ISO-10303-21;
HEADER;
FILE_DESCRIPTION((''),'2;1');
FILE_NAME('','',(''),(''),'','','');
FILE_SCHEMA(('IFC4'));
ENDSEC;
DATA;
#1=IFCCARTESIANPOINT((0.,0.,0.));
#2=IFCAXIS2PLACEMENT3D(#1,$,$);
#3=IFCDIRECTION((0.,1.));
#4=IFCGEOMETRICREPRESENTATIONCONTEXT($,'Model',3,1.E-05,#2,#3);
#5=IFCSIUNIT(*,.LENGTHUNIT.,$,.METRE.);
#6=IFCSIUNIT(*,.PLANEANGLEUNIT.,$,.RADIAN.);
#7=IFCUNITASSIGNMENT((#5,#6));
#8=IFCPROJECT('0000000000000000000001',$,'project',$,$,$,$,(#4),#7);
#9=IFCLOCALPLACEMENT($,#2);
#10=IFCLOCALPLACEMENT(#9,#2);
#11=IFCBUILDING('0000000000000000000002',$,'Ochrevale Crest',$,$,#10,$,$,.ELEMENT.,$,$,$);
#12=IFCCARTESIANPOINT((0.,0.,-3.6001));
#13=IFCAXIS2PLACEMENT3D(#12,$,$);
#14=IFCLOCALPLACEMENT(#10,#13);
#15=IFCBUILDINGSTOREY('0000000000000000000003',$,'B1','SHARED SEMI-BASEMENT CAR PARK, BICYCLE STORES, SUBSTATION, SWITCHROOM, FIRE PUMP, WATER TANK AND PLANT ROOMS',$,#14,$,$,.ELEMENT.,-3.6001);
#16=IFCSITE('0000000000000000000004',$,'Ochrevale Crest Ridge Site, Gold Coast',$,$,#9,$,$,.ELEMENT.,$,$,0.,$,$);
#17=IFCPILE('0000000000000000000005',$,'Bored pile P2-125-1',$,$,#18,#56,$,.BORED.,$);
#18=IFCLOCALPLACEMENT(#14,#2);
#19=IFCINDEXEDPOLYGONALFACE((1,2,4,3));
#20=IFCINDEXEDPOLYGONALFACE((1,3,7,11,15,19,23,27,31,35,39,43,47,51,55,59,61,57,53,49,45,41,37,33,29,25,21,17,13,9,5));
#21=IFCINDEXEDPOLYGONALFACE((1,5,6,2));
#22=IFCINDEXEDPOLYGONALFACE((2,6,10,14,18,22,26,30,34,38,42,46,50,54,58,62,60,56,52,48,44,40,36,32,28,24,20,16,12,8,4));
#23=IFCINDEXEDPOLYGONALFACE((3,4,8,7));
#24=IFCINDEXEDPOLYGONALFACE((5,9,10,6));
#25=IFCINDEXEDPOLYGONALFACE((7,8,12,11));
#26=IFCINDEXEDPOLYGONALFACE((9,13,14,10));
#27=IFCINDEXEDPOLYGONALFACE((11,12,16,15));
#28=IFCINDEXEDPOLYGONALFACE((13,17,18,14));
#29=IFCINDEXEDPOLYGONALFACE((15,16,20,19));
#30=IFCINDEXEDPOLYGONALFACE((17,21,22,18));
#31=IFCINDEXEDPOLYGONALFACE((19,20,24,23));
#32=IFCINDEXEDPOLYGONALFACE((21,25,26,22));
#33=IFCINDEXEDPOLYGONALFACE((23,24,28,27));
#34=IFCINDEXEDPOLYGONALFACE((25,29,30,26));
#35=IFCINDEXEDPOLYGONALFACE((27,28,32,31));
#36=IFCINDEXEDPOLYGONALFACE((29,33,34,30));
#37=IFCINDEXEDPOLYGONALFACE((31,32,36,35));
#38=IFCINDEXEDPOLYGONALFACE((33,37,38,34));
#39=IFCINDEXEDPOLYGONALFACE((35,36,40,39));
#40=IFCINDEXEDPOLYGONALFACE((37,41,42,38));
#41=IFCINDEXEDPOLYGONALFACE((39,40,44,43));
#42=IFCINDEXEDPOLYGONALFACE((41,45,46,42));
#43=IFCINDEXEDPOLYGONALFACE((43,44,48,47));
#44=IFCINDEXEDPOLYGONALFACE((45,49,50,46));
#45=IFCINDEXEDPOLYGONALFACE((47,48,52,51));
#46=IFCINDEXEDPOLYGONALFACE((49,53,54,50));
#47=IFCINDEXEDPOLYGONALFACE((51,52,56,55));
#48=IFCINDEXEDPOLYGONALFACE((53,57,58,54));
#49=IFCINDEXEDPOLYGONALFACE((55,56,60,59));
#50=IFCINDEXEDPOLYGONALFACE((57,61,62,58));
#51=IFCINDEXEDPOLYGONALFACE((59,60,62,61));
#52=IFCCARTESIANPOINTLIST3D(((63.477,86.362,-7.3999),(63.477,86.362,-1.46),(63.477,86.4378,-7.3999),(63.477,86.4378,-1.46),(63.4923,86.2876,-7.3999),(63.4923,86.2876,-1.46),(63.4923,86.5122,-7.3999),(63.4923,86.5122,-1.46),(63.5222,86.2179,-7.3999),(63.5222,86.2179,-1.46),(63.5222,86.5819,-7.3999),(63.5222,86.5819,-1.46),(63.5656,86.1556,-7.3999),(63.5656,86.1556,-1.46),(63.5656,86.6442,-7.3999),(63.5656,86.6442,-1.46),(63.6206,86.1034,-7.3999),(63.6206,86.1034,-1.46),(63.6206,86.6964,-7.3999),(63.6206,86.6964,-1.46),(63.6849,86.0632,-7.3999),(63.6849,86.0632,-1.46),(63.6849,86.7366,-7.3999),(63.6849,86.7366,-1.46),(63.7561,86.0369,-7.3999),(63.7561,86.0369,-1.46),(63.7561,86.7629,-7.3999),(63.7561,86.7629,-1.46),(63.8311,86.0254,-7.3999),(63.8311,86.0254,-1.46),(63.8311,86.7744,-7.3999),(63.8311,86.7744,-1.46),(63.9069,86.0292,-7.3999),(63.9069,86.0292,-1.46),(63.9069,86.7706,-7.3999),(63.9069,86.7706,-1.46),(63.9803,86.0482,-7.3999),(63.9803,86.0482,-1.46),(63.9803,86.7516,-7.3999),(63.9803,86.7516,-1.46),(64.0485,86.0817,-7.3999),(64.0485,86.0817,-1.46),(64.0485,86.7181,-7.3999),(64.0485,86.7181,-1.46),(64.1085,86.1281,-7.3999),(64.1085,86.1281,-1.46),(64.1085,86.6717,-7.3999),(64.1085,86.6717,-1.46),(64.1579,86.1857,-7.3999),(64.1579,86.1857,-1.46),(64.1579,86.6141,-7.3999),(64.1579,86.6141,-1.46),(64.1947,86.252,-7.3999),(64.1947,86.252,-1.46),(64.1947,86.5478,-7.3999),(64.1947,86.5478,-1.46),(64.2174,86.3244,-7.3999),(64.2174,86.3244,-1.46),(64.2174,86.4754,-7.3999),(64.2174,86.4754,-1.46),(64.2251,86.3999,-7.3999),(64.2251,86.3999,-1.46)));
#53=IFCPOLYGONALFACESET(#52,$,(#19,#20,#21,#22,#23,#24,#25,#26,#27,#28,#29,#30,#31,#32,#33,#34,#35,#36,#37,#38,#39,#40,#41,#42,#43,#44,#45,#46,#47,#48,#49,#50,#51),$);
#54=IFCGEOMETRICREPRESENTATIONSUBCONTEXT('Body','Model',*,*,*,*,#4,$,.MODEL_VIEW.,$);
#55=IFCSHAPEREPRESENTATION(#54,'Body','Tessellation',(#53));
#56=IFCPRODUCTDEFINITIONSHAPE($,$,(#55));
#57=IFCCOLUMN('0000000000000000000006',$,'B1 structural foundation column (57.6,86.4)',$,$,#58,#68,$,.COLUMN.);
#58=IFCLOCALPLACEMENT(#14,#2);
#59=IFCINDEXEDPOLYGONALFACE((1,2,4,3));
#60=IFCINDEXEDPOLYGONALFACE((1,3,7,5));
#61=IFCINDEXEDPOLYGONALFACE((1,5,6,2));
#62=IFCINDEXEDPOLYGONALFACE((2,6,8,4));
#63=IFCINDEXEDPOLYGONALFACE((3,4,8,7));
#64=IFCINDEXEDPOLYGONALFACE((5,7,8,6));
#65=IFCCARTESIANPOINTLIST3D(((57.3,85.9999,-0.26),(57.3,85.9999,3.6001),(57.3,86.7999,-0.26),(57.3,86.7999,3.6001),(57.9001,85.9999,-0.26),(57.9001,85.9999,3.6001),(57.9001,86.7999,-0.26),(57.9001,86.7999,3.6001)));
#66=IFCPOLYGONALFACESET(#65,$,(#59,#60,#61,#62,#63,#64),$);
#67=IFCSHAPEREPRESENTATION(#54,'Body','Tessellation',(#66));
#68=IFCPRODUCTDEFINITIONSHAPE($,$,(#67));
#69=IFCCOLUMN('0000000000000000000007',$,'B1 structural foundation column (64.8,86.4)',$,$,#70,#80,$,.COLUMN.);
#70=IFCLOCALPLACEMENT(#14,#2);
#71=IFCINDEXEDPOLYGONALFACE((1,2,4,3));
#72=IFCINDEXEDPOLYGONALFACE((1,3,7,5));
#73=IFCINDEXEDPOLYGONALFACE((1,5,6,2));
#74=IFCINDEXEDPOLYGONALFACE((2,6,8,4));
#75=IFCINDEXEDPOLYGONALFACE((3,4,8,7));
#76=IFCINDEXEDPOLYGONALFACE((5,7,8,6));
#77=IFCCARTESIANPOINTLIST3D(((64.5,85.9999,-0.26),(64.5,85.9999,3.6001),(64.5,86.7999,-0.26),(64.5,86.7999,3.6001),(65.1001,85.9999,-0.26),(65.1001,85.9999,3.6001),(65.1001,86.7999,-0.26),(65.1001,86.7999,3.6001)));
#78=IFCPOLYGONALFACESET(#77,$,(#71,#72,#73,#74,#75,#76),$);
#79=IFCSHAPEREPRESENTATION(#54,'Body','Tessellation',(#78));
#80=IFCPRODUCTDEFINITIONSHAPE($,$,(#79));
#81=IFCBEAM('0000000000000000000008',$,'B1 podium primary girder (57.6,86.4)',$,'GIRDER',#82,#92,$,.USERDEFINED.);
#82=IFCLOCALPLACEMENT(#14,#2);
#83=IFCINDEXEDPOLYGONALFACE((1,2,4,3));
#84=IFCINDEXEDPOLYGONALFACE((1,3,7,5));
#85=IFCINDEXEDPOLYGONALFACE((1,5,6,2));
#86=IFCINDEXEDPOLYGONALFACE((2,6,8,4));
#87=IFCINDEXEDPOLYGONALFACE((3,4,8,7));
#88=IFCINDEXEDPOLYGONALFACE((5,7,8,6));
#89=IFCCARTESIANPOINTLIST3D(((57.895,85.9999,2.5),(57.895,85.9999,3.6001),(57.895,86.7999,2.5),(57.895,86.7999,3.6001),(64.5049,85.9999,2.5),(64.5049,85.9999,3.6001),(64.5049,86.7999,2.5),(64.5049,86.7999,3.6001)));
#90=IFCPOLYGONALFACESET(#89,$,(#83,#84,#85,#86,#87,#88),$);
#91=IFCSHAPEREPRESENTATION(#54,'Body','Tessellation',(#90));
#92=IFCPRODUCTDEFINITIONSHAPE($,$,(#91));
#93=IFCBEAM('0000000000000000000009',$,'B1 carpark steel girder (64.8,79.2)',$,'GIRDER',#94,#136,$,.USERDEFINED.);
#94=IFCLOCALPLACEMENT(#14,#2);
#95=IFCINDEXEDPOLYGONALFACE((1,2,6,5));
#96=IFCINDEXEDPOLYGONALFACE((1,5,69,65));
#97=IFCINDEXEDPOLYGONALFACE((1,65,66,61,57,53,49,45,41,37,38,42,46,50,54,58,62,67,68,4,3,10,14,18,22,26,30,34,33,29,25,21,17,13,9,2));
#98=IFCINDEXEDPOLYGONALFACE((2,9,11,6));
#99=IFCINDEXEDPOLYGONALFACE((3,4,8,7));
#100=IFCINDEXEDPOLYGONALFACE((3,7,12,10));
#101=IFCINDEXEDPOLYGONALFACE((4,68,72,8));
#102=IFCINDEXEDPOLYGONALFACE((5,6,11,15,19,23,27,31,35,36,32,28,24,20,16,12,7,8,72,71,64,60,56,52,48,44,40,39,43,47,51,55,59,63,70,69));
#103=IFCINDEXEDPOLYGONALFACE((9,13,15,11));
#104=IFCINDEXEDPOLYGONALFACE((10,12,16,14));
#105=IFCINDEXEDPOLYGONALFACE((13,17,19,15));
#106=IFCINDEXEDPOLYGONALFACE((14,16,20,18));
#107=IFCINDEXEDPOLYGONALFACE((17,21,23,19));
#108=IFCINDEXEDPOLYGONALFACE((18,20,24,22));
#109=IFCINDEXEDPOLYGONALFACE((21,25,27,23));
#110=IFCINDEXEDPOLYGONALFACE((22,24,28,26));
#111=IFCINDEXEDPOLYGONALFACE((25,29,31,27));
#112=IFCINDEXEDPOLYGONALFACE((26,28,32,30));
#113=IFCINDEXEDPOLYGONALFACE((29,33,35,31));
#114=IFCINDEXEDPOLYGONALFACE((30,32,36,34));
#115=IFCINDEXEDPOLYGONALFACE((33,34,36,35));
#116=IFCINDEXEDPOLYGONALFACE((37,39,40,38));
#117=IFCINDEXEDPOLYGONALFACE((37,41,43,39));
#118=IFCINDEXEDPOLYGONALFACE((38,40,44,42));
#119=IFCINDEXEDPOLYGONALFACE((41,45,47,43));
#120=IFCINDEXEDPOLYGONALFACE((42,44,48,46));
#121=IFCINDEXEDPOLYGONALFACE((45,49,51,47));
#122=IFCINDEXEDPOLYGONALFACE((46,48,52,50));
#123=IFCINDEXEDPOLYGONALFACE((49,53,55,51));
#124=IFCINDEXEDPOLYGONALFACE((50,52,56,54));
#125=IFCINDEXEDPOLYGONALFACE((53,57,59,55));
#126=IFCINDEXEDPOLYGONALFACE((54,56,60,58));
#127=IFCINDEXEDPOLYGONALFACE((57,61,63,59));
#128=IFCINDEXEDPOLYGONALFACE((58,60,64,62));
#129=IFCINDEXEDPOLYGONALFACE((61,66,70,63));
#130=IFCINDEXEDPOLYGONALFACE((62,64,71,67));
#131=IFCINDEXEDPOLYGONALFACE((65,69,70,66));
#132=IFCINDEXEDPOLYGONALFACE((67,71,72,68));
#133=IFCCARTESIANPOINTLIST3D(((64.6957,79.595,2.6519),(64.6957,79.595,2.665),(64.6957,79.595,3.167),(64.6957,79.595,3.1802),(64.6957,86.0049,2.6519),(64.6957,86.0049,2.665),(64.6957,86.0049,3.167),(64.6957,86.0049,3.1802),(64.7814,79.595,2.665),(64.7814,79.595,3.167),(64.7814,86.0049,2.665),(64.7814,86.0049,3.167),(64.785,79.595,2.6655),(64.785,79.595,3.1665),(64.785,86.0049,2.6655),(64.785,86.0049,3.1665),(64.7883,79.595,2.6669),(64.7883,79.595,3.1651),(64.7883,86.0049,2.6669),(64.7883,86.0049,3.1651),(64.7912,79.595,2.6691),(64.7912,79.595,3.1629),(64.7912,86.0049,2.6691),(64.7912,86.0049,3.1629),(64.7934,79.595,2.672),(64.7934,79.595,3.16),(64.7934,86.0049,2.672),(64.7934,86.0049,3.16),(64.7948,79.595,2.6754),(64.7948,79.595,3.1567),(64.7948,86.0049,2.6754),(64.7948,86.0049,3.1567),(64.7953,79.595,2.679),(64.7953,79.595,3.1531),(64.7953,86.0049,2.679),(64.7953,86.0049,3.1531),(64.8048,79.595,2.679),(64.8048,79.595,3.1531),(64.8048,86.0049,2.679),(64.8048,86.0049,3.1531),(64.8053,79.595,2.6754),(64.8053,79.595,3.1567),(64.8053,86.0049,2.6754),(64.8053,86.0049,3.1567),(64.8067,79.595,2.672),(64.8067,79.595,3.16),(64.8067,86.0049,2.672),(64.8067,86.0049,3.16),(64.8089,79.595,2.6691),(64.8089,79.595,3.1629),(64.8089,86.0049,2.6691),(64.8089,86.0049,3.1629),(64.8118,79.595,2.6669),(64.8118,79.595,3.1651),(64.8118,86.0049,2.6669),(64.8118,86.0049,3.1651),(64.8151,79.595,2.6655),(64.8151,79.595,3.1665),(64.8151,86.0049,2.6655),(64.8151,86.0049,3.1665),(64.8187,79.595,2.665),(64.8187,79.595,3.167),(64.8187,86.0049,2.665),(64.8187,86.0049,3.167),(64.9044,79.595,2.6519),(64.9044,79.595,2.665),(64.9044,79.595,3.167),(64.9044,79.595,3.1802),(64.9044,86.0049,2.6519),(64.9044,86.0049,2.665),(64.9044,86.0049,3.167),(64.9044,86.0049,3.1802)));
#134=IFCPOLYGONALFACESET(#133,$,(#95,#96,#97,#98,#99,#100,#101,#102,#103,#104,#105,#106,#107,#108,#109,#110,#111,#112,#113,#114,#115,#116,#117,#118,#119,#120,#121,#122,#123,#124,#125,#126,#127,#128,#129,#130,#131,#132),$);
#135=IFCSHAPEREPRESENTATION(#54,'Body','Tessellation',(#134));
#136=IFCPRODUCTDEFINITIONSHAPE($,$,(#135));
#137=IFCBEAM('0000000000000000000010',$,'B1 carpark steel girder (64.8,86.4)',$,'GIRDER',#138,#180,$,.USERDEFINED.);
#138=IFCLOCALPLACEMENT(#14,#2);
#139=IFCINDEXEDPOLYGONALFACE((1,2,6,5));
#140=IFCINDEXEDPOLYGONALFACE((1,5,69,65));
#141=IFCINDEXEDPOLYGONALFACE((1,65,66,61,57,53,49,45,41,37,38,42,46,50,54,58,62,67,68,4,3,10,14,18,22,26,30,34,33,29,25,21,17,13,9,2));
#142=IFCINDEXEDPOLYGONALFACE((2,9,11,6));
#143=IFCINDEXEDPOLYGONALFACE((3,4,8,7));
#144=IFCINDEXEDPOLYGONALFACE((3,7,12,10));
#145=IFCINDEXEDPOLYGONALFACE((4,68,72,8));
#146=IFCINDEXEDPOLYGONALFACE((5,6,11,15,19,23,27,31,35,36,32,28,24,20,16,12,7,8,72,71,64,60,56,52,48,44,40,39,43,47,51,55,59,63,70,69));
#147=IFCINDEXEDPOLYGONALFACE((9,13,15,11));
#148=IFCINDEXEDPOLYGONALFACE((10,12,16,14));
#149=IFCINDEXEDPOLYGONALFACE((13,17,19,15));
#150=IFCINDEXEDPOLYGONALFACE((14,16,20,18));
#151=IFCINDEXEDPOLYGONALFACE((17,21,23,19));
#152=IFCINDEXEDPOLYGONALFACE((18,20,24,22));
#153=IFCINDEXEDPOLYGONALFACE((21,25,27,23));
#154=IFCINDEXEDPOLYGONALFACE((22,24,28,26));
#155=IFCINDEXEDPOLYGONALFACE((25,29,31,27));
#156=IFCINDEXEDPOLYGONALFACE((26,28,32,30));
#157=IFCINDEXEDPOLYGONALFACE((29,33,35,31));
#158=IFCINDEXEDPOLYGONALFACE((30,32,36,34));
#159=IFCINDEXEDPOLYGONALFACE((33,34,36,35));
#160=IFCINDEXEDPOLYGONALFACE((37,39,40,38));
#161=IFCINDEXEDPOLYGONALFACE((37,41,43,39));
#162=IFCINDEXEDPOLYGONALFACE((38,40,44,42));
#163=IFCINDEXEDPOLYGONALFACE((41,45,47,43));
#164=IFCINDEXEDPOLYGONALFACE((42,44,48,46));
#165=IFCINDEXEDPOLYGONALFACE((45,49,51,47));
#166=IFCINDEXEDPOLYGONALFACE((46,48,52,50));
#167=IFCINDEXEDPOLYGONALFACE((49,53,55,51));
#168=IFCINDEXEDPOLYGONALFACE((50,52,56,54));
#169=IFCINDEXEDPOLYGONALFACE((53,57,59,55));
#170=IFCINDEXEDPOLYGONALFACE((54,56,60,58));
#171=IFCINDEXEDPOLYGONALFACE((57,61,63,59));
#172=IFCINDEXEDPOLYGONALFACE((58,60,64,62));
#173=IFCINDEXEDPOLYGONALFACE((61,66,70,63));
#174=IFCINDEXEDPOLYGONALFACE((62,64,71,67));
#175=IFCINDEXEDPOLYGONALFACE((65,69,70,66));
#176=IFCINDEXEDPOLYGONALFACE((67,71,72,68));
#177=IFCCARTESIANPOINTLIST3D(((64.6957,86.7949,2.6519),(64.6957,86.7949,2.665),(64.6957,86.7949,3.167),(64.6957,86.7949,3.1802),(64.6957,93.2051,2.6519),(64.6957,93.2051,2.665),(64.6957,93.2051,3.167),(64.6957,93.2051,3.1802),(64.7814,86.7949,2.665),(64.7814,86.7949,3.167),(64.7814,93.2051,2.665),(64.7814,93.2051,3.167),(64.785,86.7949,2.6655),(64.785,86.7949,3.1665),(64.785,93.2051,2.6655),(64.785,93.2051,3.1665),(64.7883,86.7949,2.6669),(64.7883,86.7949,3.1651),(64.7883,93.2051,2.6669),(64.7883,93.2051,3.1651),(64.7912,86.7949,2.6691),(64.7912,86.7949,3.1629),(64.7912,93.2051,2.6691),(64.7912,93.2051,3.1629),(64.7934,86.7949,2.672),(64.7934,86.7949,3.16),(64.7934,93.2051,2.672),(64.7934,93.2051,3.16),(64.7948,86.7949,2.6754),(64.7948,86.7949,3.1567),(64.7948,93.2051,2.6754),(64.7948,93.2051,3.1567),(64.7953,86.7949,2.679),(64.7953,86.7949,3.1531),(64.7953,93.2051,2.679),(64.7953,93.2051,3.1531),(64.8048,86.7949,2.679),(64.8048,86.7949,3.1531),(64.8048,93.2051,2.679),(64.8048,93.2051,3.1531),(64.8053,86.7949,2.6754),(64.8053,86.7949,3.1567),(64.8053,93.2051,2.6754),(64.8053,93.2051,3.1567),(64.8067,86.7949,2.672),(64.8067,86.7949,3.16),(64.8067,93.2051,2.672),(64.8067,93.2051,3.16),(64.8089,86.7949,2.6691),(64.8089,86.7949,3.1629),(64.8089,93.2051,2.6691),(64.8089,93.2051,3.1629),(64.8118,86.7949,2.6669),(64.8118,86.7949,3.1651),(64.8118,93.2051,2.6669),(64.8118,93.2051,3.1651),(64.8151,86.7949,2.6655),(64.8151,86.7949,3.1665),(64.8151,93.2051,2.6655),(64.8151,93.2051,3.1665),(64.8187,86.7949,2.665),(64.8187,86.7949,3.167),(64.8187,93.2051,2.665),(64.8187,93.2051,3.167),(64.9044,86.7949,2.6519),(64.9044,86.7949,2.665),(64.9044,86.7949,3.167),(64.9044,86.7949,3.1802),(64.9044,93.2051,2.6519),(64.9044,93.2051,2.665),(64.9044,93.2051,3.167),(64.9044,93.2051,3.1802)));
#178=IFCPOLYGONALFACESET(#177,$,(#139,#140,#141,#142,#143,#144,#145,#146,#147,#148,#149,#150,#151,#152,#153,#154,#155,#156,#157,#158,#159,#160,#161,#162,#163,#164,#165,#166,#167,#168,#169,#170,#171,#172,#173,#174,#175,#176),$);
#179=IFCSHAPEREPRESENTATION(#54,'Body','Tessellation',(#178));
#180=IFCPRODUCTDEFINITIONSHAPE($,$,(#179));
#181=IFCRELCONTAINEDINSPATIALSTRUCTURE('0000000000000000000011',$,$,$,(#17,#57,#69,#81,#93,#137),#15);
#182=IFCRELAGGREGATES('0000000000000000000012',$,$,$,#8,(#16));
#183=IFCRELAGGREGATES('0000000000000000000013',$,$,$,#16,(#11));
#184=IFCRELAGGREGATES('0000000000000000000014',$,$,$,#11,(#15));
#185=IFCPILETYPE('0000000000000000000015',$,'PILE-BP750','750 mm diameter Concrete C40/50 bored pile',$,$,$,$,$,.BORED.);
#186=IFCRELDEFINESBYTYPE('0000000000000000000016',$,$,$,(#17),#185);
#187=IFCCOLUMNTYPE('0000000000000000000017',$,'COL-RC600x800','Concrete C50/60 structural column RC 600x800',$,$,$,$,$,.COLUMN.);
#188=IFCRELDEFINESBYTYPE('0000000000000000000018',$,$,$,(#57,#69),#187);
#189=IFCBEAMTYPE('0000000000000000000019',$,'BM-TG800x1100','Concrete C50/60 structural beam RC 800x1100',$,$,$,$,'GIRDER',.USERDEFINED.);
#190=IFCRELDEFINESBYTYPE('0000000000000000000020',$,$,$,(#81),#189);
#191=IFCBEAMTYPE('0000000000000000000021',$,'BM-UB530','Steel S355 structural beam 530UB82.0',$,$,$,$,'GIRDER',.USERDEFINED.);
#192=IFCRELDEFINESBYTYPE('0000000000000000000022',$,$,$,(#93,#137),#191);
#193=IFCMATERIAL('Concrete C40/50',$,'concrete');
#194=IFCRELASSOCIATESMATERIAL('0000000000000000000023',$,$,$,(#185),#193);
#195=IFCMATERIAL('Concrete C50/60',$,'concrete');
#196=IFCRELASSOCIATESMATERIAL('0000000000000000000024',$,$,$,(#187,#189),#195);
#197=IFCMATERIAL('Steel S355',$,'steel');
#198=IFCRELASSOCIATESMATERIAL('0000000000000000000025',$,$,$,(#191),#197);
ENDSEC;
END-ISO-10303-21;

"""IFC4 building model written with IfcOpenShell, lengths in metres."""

from ifc_helpers import new_model, si_unit, direction, frame, origin, origin_2d, place, context, subcontext, project, spatial, rectangle, circle, i_section, extrude, material, material_profile, profile_set, type_object, element, save


model = new_model("IFC4")

# Units and contexts
model_context = context("Model", 3, precision=1e-05, world=origin(), true_north=direction((0.0, 1.0)))
body_context = subcontext(model_context, "Body", "Model", "MODEL_VIEW")
ifc_project = project(units=[si_unit("LENGTHUNIT", "METRE"), si_unit("PLANEANGLEUNIT", "RADIAN")], contexts=[model_context])

# Site, building, storey
site_placement = place(None, origin())
site = spatial("IfcSite", under=ifc_project, at=site_placement, Name="Ochrevale Crest Ridge Site, Gold Coast", CompositionType="ELEMENT", RefElevation=0.0)
building_placement = place(site_placement, origin())
building = spatial("IfcBuilding", under=site, at=building_placement, Name="Ochrevale Crest", CompositionType="ELEMENT")
storey_placement = place(building_placement, frame((0.0, 0.0, -3.6001)))
storey = spatial("IfcBuildingStorey", under=building, at=storey_placement, Name="B1", Description="SHARED SEMI-BASEMENT CAR PARK, BICYCLE STORES, SUBSTATION, SWITCHROOM, FIRE PUMP, WATER TANK AND PLANT ROOMS", CompositionType="ELEMENT", Elevation=-3.6001)

# Shared definitions
ifc_material_1 = material(Name="Concrete C40/50", Category="concrete")

# Pile
ifc_material_profile_1 = material_profile(ifc_material_1, circle(Radius=0.375, at=origin_2d()), Name="BORED PILE 750")
ifc_profile_set_1 = profile_set([ifc_material_profile_1], Name="Concrete C40/50")
pile_type = type_object("IfcPileType", Name="PILE-BP750", Description="750 mm diameter Concrete C40/50 bored pile", PredefinedType="BORED", material=ifc_profile_set_1)
for number, where, z_axis, x_axis, name in (
    (1, (63.8501, 86.3999, -1.46), (0.0, 0.0, -1.0), (1.0, 0.0, 0.0), "Bored pile P2-125-1"),
):
    element("IfcPile", number, at=place(storey_placement, frame(where, z_axis=z_axis, x_axis=x_axis)), inside=storey, type_object=pile_type, Name=name, PredefinedType="BORED", context=body_context, shape_type="SweptSolid", body=[
        extrude(circle(Radius=0.375, at=origin_2d()), origin(), (0.0, 0.0, 1.0), 5.9399),
    ])

# Columns
ifc_material_2 = material(Name="Concrete C50/60", Category="concrete")
ifc_material_profile_2 = material_profile(ifc_material_2, rectangle(XDim=0.6001, YDim=0.8, at=origin_2d()), Name="RC 600x800")
ifc_profile_set_2 = profile_set([ifc_material_profile_2], Name="Concrete C50/60")
column_type = type_object("IfcColumnType", Name="COL-RC600x800", Description="Concrete C50/60 structural column RC 600x800", PredefinedType="COLUMN", material=ifc_profile_set_2)
for number, where, z_axis, x_axis, name in (
    (2, (57.6001, 86.3999, -0.26), (0.0, 0.0, 1.0), (1.0, 0.0, 0.0), "B1 structural foundation column (57.6,86.4)"),
    (3, (64.8, 86.3999, -0.26), (0.0, 0.0, 1.0), (1.0, 0.0, 0.0), "B1 structural foundation column (64.8,86.4)"),
):
    element("IfcColumn", number, at=place(storey_placement, frame(where, z_axis=z_axis, x_axis=x_axis)), inside=storey, type_object=column_type, Name=name, PredefinedType="COLUMN", context=body_context, shape_type="SweptSolid", body=[
        extrude(rectangle(XDim=0.6001, YDim=0.8, at=origin_2d()), origin(), (0.0, 0.0, 1.0), 3.8601),
    ])

# Beams
ifc_material_profile_3 = material_profile(ifc_material_2, rectangle(XDim=0.8, YDim=1.1001, at=origin_2d()), Name="RC 800x1100")
ifc_profile_set_3 = profile_set([ifc_material_profile_3], Name="Concrete C50/60")
beam_type_1 = type_object("IfcBeamType", Name="BM-TG800x1100", Description="Concrete C50/60 structural beam RC 800x1100", ElementType="GIRDER", PredefinedType="USERDEFINED", material=ifc_profile_set_3)
beam_1_placement = place(storey_placement, frame((57.895, 86.3999, 3.05), z_axis=(1.0, 0.0, 0.0), x_axis=(0.0, 1.0, 0.0)))
element("IfcBeam", 4, at=beam_1_placement, inside=storey, type_object=beam_type_1, Name="B1 podium primary girder (57.6,86.4)", ObjectType="GIRDER", PredefinedType="USERDEFINED", context=body_context, shape_type="SweptSolid", body=[
    extrude(rectangle(XDim=0.8, YDim=1.1001, at=origin_2d()), origin(), (0.0, 0.0, 1.0), 6.6099),
])
ifc_material_3 = material(Name="Steel S355", Category="steel")
ifc_material_profile_4 = material_profile(ifc_material_3, i_section(OverallWidth=0.2087, OverallDepth=0.5283, WebThickness=0.0095, FlangeThickness=0.0132, FilletRadius=0.0139, at=origin_2d()), Name="530UB82.0")
ifc_profile_set_4 = profile_set([ifc_material_profile_4], Name="Steel S355")
beam_type_2 = type_object("IfcBeamType", Name="BM-UB530", Description="Steel S355 structural beam 530UB82.0", ElementType="GIRDER", PredefinedType="USERDEFINED", material=ifc_profile_set_4)
beam_2_placement = place(storey_placement, frame((64.8, 79.595, 2.916), z_axis=(0.0, 1.0, 0.0), x_axis=(-1.0, 0.0, 0.0)))
element("IfcBeam", 5, at=beam_2_placement, inside=storey, type_object=beam_type_2, Name="B1 carpark steel girder (64.8,79.2)", ObjectType="GIRDER", PredefinedType="USERDEFINED", context=body_context, shape_type="SweptSolid", body=[
    extrude(i_section(OverallWidth=0.2087, OverallDepth=0.5283, WebThickness=0.0095, FlangeThickness=0.0132, FilletRadius=0.0139, at=origin_2d()), origin(), (0.0, 0.0, 1.0), 6.4099),
])
beam_3_placement = place(storey_placement, frame((64.8, 86.7949, 2.916), z_axis=(0.0, 1.0, 0.0), x_axis=(-1.0, 0.0, 0.0)))
element("IfcBeam", 6, at=beam_3_placement, inside=storey, type_object=beam_type_2, Name="B1 carpark steel girder (64.8,86.4)", ObjectType="GIRDER", PredefinedType="USERDEFINED", context=body_context, shape_type="SweptSolid", body=[
    extrude(i_section(OverallWidth=0.2087, OverallDepth=0.5283, WebThickness=0.0095, FlangeThickness=0.0132, FilletRadius=0.0139, at=origin_2d()), origin(), (0.0, 0.0, 1.0), 6.4102),
])

save(model, "model.ifc")
